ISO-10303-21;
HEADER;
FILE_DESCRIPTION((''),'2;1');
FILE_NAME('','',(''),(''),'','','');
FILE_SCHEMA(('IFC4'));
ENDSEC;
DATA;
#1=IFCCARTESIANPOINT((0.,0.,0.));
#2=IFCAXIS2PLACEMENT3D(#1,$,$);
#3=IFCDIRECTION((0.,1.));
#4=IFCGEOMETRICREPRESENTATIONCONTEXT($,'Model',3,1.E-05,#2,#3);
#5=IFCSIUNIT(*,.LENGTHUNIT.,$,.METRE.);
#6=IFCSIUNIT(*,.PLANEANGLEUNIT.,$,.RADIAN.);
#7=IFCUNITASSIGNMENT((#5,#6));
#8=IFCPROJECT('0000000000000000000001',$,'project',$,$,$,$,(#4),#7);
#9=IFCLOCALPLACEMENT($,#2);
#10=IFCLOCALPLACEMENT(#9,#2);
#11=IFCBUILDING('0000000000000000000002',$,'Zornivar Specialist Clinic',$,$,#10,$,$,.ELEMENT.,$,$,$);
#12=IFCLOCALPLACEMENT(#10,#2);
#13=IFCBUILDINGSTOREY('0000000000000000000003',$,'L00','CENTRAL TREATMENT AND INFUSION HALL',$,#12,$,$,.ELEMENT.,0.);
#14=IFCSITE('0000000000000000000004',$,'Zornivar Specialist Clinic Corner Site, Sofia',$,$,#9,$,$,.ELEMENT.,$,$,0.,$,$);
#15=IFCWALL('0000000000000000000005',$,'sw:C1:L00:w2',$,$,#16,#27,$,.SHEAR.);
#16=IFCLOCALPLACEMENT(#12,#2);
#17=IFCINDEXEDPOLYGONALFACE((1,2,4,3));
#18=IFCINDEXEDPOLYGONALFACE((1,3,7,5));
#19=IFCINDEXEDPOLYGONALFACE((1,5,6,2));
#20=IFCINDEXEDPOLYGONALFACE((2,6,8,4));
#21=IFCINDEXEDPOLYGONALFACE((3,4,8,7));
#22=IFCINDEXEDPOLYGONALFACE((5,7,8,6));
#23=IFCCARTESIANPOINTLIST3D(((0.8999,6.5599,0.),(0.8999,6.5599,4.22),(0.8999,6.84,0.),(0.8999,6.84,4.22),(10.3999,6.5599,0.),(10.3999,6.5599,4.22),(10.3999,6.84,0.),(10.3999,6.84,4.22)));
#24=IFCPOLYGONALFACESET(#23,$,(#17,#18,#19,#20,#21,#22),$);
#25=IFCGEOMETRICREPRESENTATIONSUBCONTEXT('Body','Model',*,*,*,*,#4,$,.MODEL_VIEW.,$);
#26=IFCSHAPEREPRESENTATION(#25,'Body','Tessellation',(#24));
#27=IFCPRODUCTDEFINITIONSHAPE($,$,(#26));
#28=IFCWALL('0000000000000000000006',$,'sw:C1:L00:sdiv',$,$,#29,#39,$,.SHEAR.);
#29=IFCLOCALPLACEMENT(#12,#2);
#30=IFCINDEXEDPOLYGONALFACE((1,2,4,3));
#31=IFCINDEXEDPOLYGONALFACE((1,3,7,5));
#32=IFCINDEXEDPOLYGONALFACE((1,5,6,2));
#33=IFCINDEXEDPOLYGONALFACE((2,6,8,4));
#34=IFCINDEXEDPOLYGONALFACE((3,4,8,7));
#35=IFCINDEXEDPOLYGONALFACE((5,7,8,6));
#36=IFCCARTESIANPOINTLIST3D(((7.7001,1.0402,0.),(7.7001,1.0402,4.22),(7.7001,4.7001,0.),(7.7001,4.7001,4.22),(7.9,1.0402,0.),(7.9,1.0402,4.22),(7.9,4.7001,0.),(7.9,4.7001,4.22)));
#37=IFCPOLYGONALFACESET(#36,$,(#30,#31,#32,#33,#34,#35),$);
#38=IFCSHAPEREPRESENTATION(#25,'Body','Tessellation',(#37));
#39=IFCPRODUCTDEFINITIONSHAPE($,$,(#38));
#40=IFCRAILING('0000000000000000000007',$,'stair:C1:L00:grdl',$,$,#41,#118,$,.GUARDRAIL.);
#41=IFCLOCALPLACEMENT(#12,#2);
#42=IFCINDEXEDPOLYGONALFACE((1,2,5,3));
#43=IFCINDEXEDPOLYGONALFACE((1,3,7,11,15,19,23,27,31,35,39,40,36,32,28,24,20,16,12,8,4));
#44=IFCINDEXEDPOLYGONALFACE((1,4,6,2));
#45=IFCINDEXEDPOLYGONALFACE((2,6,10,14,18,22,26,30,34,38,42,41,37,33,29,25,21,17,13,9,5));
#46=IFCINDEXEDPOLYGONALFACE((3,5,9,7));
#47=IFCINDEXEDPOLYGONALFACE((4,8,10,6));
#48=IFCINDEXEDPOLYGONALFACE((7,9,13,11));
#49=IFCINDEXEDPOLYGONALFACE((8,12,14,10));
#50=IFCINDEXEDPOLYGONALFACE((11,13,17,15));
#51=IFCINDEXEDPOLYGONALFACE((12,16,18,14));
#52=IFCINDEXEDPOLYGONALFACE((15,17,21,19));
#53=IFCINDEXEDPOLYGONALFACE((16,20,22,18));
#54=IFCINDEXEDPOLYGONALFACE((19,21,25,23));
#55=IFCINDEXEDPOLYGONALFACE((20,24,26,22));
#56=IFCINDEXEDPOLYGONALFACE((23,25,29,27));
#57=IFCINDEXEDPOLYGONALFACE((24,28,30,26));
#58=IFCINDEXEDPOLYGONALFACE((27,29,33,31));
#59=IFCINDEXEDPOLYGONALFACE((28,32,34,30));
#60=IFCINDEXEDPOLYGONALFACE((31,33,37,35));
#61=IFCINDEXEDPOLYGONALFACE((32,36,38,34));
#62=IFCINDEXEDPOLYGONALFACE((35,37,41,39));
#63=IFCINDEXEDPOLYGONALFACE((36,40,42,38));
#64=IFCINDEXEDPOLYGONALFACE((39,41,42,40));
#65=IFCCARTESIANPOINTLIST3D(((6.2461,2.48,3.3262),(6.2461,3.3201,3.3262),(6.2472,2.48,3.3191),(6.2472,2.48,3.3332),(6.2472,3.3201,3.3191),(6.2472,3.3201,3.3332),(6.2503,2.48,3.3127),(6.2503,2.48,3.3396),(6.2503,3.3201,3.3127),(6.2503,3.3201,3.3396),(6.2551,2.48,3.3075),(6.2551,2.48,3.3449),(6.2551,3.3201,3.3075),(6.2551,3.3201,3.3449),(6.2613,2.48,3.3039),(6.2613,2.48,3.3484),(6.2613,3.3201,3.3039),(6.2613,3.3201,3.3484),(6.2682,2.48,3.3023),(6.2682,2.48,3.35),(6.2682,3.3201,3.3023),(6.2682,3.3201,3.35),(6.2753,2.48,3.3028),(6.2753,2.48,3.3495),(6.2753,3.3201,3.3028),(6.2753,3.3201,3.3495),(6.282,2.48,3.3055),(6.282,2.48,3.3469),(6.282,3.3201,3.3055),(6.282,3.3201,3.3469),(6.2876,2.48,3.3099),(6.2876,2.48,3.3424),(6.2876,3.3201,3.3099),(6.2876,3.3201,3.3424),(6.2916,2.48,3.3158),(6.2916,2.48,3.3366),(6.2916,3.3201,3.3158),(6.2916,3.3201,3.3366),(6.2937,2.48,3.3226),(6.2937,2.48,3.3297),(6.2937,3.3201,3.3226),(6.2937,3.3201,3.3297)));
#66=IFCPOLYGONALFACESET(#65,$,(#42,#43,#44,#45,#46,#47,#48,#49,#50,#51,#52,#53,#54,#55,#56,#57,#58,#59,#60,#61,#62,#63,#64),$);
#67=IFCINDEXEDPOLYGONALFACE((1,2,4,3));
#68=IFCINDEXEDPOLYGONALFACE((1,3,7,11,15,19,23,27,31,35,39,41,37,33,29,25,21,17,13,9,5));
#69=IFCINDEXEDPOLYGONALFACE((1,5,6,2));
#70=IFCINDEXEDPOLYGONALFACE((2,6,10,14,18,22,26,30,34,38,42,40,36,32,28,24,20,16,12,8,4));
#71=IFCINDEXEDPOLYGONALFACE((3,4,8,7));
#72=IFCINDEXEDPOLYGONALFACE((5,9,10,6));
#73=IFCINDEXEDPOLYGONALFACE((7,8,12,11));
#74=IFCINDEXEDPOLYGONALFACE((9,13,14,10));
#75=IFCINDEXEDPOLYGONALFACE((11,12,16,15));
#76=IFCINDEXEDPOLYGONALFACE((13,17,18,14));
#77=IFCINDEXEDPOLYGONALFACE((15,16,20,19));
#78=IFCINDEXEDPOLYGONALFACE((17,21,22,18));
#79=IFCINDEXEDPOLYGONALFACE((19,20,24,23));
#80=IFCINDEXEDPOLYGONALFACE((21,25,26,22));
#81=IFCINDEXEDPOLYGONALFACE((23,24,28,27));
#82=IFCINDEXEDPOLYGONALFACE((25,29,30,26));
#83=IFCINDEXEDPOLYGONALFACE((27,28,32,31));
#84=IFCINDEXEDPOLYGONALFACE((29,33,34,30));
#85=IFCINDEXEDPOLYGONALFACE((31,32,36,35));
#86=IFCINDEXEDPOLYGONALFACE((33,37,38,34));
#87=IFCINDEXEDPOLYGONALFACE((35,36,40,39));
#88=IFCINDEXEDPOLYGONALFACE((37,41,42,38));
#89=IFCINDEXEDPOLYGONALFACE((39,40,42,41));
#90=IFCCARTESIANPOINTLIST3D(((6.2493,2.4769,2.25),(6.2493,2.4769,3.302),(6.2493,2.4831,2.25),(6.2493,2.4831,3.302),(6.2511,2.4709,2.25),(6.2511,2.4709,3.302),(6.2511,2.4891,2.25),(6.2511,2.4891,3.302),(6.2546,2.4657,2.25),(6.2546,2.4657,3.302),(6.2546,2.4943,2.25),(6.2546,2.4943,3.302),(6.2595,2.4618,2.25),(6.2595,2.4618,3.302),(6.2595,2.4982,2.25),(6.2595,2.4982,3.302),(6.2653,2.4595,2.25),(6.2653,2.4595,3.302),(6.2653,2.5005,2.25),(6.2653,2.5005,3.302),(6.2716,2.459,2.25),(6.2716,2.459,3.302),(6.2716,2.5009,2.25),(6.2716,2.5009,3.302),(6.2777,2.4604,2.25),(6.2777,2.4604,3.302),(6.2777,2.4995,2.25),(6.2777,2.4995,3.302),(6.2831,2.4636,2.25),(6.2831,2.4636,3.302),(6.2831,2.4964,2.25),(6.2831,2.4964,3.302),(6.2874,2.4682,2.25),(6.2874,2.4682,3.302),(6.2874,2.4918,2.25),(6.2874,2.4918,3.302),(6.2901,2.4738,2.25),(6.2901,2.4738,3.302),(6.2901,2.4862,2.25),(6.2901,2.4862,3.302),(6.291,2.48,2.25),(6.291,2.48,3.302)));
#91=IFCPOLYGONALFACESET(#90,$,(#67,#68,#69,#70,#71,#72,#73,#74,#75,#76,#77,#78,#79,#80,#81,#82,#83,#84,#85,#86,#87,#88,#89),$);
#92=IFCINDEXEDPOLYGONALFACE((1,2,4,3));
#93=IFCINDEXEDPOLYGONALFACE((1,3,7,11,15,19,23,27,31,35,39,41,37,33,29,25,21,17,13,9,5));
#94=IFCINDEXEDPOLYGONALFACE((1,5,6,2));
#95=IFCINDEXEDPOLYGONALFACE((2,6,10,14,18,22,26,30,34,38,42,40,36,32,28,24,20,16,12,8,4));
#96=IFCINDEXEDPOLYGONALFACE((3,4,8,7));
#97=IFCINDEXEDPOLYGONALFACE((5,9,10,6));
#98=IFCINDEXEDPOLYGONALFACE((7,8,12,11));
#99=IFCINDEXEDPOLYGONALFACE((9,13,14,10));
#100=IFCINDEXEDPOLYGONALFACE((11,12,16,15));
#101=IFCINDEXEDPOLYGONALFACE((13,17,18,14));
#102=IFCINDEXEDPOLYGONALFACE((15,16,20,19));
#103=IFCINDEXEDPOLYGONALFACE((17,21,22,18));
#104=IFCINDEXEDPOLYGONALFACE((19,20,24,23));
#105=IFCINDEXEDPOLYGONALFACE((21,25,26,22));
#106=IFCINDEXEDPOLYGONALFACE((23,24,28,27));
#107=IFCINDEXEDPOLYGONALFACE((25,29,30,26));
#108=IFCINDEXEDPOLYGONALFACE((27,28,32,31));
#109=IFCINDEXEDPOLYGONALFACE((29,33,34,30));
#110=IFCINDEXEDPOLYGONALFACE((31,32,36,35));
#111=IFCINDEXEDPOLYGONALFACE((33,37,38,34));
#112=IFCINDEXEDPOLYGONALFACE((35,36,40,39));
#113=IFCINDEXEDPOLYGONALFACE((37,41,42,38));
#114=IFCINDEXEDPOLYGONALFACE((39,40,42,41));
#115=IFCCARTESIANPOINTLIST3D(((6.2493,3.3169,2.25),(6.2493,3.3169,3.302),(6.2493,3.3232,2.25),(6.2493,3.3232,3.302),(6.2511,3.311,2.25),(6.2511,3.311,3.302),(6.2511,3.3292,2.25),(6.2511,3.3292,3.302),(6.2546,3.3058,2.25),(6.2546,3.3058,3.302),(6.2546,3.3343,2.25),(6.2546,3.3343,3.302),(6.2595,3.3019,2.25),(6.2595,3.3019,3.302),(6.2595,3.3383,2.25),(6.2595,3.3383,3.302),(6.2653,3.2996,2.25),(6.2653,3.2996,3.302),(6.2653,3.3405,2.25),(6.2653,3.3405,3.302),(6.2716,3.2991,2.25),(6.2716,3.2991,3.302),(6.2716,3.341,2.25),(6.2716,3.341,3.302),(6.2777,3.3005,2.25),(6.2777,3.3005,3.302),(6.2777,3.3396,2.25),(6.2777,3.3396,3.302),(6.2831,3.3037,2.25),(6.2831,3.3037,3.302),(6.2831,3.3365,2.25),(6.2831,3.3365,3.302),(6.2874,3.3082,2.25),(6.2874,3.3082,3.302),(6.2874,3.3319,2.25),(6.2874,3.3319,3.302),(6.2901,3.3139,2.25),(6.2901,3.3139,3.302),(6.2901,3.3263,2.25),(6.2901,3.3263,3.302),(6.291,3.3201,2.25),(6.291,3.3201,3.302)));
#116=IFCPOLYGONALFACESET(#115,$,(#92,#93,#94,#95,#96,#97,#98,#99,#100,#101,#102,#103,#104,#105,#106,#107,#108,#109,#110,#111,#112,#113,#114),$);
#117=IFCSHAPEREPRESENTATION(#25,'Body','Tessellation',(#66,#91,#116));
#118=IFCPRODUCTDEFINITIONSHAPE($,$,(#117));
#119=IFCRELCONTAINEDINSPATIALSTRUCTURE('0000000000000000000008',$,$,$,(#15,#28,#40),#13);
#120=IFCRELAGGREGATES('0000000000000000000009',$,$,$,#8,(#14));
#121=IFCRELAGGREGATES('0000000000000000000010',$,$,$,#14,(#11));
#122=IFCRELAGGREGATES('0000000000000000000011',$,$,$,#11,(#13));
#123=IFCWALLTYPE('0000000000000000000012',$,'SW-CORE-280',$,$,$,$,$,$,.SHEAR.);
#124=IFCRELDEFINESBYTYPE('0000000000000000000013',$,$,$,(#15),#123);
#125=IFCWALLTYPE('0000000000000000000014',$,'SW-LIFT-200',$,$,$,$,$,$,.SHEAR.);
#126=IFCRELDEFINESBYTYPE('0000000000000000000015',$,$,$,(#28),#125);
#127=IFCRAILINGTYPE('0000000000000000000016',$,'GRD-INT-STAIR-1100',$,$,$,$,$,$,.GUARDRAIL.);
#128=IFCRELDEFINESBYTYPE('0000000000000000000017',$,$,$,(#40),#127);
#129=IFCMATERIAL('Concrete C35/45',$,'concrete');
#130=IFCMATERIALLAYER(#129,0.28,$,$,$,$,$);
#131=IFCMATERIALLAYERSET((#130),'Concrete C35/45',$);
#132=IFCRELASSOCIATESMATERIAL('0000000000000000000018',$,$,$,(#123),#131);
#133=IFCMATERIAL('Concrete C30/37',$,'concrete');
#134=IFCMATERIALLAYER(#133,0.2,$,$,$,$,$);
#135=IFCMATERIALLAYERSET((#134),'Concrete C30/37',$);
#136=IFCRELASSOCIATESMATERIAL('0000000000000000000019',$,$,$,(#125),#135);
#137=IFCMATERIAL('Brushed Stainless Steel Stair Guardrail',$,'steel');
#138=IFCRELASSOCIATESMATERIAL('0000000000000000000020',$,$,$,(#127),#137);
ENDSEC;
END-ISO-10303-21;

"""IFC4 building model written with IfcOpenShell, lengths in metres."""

from ifc_helpers import new_model, si_unit, direction, frame, frame_2d, origin, origin_2d, place, context, subcontext, project, spatial, rectangle, circle, extrude, material, layer, layer_set, type_object, element, save


model = new_model("IFC4")

# Units and contexts
model_context = context("Model", 3, precision=1e-05, world=origin(), true_north=direction((0.0, 1.0)))
body_context = subcontext(model_context, "Body", "Model", "MODEL_VIEW")
ifc_project = project(units=[si_unit("LENGTHUNIT", "METRE"), si_unit("PLANEANGLEUNIT", "RADIAN")], contexts=[model_context])

# Site, building, storey
site_placement = place(None, origin())
site = spatial("IfcSite", under=ifc_project, at=site_placement, Name="Zornivar Specialist Clinic Corner Site, Sofia", CompositionType="ELEMENT", RefElevation=0.0)
building_placement = place(site_placement, origin())
building = spatial("IfcBuilding", under=site, at=building_placement, Name="Zornivar Specialist Clinic", CompositionType="ELEMENT")
storey_placement = place(building_placement, origin())
storey = spatial("IfcBuildingStorey", under=building, at=storey_placement, Name="L00", Description="CENTRAL TREATMENT AND INFUSION HALL", CompositionType="ELEMENT", Elevation=0.0)

# Shared definitions
ifc_material_1 = material(Name="Concrete C35/45", Category="concrete")
ifc_layer_1 = layer(ifc_material_1, 0.28)
ifc_layer_set_1 = layer_set([ifc_layer_1], Name="Concrete C35/45")
wall_type_1 = type_object("IfcWallType", Name="SW-CORE-280", PredefinedType="SHEAR", material=ifc_layer_set_1)

# Walls
wall_1_placement = place(storey_placement, frame((10.3999, 6.7, 0.0), z_axis=(0.0, 0.0, 1.0), x_axis=(-1.0, 0.0, 0.0)))
element("IfcWall", 1, at=wall_1_placement, inside=storey, type_object=wall_type_1, Name="sw:C1:L00:w2", PredefinedType="SHEAR", context=body_context, shape_type="SweptSolid", body=[
    extrude(rectangle(XDim=9.5, YDim=0.28, at=frame_2d((4.75, 0.0))), origin(), (0.0, 0.0, 1.0), 4.22),
])
ifc_material_2 = material(Name="Concrete C30/37", Category="concrete")
ifc_layer_2 = layer(ifc_material_2, 0.2)
ifc_layer_set_2 = layer_set([ifc_layer_2], Name="Concrete C30/37")
wall_type_2 = type_object("IfcWallType", Name="SW-LIFT-200", PredefinedType="SHEAR", material=ifc_layer_set_2)
wall_2_placement = place(storey_placement, frame((7.8, 1.04, 0.0), z_axis=(0.0, 0.0, 1.0), x_axis=(0.0, 1.0, 0.0)))
element("IfcWall", 2, at=wall_2_placement, inside=storey, type_object=wall_type_2, Name="sw:C1:L00:sdiv", PredefinedType="SHEAR", context=body_context, shape_type="SweptSolid", body=[
    extrude(rectangle(XDim=3.6599, YDim=0.2, at=frame_2d((1.8301, 0.0))), origin(), (0.0, 0.0, 1.0), 4.22),
])

# Railing
ifc_material_3 = material(Name="Brushed Stainless Steel Stair Guardrail", Category="steel")
railing_type = type_object("IfcRailingType", Name="GRD-INT-STAIR-1100", PredefinedType="GUARDRAIL", material=ifc_material_3)
railing_placement = place(storey_placement, frame((6.27, 2.48, 2.25)))
element("IfcRailing", 3, at=railing_placement, inside=storey, type_object=railing_type, Name="stair:C1:L00:grdl", PredefinedType="GUARDRAIL", context=body_context, shape_type="SweptSolid", body=[
    extrude(circle(Radius=0.0239, at=origin_2d()), frame((0.0, 0.0, 1.0762), z_axis=(0.0, 1.0, 0.0), x_axis=(-1.0, 0.0, 0.0)), (0.0, 0.0, 1.0), 0.8401),
    extrude(circle(Radius=0.021, at=origin_2d()), origin(), (0.0, 0.0, 1.0), 1.052),
    extrude(circle(Radius=0.021, at=origin_2d()), frame((0.0, 0.8401, 0.0)), (0.0, 0.0, 1.0), 1.052),
])

save(model, "model.ifc")
